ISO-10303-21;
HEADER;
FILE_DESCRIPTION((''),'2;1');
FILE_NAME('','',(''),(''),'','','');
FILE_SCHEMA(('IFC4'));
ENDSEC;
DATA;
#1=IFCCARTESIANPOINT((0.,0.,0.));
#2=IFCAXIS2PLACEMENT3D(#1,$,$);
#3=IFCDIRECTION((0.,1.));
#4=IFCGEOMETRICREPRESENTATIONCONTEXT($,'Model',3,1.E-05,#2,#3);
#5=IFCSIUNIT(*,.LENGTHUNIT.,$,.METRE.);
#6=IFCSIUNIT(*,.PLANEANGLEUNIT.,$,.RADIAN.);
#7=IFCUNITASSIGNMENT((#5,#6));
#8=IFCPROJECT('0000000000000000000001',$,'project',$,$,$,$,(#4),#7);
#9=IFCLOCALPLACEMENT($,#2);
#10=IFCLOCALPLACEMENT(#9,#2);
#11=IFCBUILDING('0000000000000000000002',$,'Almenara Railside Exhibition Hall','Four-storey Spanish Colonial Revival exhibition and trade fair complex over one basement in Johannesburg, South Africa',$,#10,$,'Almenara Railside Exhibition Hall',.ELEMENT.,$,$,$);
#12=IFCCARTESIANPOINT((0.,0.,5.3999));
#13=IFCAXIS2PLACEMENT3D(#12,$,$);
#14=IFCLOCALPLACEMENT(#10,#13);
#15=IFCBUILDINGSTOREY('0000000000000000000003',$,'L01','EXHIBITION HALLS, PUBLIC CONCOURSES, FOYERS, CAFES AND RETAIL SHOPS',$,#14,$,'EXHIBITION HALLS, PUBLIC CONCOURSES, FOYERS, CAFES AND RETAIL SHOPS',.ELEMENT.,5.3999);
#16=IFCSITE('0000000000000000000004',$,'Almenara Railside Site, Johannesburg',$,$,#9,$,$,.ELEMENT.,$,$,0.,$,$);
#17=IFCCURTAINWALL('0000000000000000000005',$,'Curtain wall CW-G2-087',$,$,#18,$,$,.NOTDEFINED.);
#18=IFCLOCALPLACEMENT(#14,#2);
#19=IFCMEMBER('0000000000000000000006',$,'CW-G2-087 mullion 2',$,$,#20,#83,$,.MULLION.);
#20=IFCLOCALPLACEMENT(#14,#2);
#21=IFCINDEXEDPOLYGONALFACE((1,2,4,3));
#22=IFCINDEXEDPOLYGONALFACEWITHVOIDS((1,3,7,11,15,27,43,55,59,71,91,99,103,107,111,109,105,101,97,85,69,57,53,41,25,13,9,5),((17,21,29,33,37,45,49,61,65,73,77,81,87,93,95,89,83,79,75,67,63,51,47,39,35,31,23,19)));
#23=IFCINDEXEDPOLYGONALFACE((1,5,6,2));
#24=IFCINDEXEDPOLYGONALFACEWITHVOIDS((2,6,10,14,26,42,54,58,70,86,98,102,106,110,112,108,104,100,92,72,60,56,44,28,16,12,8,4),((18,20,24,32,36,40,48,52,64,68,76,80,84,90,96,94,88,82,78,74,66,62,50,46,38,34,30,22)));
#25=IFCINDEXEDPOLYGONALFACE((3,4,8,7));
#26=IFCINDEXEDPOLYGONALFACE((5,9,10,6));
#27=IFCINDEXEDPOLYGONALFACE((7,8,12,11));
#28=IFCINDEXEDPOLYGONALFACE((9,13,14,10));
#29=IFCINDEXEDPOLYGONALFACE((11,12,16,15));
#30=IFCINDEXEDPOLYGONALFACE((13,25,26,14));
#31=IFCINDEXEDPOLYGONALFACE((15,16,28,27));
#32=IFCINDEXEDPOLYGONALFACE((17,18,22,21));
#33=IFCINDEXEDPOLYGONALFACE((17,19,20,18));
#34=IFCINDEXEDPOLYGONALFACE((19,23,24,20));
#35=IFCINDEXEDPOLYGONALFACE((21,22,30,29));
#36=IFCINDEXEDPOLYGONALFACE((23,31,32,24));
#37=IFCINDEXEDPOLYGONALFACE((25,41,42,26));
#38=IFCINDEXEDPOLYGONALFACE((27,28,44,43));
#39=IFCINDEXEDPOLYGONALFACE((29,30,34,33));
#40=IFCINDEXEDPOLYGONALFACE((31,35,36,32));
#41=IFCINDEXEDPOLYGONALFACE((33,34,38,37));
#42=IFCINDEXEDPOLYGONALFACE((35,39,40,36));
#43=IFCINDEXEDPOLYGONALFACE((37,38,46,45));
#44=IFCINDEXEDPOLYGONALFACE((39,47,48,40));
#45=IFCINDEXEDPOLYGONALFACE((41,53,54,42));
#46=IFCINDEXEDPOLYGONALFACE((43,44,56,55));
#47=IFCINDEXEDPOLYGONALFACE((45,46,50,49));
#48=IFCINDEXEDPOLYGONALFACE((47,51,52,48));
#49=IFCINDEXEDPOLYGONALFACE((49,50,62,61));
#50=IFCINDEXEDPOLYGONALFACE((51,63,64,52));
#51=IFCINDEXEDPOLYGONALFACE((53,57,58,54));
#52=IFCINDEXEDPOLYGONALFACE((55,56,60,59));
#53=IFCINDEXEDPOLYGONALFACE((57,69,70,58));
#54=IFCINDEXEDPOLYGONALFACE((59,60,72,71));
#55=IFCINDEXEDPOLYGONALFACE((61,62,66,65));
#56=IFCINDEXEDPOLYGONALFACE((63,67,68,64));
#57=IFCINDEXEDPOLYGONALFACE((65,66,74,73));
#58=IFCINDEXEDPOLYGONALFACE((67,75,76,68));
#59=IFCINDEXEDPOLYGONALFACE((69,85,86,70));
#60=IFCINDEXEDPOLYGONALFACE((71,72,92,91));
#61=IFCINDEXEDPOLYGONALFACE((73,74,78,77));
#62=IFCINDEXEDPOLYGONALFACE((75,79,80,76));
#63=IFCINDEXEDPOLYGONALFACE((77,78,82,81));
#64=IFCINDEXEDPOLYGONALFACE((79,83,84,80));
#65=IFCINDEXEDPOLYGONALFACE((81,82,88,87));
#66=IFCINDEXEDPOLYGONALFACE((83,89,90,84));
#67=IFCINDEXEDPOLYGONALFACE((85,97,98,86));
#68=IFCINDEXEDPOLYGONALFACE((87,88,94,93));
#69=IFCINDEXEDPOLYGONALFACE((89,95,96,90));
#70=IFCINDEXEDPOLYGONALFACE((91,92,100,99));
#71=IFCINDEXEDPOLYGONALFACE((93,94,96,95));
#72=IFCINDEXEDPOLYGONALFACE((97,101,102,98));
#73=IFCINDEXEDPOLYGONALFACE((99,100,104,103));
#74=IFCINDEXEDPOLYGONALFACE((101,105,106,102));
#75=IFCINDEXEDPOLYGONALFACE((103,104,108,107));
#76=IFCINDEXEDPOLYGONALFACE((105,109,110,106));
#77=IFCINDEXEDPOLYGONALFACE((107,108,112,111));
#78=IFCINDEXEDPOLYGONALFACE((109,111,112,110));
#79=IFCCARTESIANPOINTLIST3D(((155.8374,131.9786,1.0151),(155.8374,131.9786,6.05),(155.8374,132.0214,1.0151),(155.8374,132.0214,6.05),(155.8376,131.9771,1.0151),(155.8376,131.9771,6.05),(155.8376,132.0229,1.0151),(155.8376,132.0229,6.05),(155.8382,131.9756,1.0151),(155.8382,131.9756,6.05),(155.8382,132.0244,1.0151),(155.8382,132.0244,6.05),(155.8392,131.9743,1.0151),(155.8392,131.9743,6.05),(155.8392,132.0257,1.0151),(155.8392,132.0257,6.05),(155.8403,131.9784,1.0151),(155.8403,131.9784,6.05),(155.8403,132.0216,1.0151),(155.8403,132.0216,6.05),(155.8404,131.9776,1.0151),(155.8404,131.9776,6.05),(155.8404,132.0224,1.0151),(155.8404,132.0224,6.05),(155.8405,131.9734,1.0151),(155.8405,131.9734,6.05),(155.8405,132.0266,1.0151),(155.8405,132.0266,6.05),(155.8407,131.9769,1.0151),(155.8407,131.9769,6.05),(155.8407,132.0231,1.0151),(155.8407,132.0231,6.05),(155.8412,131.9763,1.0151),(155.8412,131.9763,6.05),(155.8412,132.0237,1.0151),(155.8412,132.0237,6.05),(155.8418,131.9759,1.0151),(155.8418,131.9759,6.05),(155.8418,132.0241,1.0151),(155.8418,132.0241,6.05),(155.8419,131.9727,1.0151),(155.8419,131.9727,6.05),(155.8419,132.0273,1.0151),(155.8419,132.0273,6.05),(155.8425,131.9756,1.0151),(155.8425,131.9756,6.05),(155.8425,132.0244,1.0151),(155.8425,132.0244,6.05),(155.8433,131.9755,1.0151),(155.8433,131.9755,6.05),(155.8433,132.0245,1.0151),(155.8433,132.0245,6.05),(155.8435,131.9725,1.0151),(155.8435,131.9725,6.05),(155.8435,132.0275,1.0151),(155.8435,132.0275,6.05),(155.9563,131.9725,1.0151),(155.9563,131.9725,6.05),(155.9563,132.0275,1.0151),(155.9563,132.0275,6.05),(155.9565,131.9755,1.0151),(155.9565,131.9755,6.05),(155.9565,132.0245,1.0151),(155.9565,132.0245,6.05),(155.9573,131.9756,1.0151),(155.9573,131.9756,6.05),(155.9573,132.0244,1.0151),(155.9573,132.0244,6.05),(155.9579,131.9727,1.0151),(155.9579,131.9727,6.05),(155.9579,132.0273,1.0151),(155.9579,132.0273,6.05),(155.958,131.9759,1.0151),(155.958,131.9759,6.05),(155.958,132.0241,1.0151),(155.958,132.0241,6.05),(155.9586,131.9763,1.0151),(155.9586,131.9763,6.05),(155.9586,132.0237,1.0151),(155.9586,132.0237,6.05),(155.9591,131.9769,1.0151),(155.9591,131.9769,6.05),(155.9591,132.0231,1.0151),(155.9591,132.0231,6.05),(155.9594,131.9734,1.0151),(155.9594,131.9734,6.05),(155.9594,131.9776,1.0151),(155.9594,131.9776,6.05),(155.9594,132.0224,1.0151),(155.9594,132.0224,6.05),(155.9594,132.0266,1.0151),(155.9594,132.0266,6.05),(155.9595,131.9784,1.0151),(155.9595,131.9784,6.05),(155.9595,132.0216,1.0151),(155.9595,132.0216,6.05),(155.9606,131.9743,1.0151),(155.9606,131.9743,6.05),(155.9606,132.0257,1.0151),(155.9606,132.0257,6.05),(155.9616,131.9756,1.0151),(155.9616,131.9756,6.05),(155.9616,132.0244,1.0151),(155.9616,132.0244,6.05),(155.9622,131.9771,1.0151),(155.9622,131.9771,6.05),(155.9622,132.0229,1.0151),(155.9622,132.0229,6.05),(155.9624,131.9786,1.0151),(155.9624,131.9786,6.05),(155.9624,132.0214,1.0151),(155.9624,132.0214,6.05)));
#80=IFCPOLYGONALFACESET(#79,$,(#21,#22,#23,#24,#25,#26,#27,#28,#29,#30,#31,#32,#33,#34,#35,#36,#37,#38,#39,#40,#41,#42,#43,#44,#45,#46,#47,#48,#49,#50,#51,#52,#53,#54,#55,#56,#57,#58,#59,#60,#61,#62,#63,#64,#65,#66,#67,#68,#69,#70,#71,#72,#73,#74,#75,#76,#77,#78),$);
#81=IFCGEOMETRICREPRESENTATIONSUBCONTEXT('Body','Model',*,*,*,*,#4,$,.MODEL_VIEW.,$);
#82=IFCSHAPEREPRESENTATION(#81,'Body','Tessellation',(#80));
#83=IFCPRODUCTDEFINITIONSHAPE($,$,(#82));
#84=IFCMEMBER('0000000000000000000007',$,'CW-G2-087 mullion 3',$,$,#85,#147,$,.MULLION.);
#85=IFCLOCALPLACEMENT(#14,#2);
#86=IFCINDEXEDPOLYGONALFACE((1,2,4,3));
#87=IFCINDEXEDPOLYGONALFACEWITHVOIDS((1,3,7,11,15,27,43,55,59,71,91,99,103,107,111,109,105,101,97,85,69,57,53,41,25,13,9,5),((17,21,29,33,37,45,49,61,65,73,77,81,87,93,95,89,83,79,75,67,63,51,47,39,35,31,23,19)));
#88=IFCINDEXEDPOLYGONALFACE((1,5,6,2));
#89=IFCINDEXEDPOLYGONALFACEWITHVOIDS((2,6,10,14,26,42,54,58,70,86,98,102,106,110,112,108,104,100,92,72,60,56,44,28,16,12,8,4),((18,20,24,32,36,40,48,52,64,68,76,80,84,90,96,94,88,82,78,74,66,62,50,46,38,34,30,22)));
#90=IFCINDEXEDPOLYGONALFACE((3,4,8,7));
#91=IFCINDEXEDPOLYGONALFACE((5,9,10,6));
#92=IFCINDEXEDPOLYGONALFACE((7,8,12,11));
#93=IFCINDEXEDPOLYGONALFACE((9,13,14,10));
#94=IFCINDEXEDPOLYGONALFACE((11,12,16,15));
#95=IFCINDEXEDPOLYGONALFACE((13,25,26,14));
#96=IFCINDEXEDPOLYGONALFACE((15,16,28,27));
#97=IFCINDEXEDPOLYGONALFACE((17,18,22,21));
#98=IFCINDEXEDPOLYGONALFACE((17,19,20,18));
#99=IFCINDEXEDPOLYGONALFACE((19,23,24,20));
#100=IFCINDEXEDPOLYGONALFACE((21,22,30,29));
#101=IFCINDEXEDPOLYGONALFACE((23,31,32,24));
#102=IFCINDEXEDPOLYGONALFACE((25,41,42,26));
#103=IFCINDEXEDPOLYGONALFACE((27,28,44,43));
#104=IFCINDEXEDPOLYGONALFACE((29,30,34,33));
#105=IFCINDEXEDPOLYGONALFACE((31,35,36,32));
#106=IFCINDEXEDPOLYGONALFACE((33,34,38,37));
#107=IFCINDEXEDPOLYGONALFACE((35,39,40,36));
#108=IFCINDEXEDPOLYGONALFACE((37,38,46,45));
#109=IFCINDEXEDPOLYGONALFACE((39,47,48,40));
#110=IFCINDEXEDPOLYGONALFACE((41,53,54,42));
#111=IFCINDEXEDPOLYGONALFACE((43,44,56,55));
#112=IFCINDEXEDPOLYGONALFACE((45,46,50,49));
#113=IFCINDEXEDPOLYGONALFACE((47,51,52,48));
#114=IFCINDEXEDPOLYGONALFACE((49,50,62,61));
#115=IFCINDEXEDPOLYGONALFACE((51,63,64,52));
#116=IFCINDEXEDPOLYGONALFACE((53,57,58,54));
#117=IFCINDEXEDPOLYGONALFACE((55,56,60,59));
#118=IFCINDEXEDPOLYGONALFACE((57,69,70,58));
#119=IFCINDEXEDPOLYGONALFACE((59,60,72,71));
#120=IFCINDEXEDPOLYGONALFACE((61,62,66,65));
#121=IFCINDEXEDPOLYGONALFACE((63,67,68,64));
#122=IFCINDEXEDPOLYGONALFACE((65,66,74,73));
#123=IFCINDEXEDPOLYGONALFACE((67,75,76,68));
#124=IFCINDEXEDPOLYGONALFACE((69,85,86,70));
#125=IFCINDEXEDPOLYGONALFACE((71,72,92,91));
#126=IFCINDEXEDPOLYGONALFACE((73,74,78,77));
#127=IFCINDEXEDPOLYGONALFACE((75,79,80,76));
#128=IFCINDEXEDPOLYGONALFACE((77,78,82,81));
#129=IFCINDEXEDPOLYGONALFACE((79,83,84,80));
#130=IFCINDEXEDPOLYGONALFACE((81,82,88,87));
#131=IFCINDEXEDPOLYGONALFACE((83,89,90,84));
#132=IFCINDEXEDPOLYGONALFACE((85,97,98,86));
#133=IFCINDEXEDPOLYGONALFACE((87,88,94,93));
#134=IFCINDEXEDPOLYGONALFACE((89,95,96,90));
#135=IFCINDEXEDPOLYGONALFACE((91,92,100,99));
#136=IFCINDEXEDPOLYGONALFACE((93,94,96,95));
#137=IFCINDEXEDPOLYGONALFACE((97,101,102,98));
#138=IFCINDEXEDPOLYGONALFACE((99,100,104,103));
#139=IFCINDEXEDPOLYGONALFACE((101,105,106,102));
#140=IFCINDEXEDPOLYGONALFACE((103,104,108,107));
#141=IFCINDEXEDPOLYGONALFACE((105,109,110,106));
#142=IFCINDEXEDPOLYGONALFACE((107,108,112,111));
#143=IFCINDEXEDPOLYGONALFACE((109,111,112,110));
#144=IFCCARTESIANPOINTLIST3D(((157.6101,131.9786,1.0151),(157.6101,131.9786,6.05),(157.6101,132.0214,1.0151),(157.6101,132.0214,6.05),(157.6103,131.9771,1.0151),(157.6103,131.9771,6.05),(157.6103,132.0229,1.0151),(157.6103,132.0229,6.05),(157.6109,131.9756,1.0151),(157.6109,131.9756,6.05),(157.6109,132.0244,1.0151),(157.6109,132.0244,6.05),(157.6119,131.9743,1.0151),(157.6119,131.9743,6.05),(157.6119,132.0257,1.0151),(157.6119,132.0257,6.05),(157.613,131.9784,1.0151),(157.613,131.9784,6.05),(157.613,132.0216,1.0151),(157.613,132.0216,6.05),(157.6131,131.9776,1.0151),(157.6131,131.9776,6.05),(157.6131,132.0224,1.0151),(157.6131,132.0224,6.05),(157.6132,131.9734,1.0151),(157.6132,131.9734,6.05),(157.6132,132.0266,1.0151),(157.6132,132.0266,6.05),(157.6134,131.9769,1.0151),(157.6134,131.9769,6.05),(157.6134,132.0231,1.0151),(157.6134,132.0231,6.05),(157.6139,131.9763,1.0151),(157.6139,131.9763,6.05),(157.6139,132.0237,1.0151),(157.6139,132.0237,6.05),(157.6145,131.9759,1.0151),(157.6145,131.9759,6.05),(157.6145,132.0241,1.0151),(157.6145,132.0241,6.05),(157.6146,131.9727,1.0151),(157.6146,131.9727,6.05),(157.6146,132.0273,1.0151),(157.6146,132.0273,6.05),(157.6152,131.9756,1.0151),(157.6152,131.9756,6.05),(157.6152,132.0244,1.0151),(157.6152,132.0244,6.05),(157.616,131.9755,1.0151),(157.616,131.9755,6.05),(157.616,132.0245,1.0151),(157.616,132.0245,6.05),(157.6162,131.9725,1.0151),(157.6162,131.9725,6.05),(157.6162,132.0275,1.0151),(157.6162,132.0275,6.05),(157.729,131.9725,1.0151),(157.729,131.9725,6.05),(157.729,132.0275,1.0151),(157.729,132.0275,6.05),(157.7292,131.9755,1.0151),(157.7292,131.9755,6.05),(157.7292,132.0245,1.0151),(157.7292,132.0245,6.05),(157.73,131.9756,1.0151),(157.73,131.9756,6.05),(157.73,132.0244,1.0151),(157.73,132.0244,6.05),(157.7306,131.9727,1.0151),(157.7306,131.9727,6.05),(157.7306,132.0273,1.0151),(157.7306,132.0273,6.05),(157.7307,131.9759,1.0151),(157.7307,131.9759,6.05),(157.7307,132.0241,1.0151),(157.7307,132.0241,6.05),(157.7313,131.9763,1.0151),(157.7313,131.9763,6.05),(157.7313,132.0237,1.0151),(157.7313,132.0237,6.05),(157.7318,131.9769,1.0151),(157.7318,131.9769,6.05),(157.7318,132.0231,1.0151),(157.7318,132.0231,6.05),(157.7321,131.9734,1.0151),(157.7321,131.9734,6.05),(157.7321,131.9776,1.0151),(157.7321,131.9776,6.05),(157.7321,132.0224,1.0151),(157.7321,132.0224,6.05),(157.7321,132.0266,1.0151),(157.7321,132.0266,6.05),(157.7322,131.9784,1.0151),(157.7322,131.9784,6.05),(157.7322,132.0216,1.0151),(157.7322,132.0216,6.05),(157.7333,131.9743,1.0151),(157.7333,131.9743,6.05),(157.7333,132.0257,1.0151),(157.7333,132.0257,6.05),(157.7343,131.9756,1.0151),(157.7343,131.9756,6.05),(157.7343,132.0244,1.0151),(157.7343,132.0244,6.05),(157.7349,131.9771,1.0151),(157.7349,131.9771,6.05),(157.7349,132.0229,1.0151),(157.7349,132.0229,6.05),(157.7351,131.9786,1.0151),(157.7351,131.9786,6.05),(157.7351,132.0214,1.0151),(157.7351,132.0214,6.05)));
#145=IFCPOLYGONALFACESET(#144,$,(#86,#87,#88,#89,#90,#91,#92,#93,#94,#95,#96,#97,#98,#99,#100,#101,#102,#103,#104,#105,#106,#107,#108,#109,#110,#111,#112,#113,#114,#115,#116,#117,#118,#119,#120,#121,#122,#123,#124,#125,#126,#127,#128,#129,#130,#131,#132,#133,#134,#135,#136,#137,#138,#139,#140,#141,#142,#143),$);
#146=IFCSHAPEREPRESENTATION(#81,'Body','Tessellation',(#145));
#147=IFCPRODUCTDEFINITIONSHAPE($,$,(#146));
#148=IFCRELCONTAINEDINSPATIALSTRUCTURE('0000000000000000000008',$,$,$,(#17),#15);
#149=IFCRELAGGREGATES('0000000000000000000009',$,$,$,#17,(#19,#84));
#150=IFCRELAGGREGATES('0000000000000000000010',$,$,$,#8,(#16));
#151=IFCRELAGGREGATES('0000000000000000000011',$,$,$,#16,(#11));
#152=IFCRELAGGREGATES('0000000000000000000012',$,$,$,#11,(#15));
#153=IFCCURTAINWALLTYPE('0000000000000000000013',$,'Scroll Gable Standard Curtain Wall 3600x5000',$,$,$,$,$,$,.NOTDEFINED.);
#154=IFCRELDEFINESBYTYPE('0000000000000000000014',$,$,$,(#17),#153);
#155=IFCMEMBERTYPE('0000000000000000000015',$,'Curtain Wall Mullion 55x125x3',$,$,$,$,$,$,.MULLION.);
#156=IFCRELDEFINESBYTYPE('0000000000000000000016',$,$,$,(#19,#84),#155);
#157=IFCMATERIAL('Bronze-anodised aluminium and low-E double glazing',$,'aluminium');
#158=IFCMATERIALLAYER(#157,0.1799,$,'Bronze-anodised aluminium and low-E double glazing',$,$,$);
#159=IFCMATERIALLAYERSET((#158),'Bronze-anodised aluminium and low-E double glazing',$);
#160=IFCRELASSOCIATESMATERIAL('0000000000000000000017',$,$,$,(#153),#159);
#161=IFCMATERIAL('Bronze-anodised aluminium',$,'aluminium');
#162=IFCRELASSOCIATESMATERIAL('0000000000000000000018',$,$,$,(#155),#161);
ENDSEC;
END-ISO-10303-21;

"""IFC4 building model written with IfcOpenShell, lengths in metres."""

from ifc_helpers import new_model, si_unit, direction, frame, origin, origin_2d, place, context, subcontext, project, spatial, hollow_rectangle, extrude, material, layer, layer_set, material_profile, profile_set, type_object, element, aggregate, save


model = new_model("IFC4")

# Units and contexts
model_context = context("Model", 3, precision=1e-05, world=origin(), true_north=direction((0.0, 1.0)))
body_context = subcontext(model_context, "Body", "Model", "MODEL_VIEW")
ifc_project = project(units=[si_unit("LENGTHUNIT", "METRE"), si_unit("PLANEANGLEUNIT", "RADIAN")], contexts=[model_context])

# Site, building, storey
site_placement = place(None, origin())
site = spatial("IfcSite", under=ifc_project, at=site_placement, Name="Almenara Railside Site, Johannesburg", CompositionType="ELEMENT", RefElevation=0.0)
building_placement = place(site_placement, origin())
building = spatial("IfcBuilding", under=site, at=building_placement, Name="Almenara Railside Exhibition Hall", Description="Four-storey Spanish Colonial Revival exhibition and trade fair complex over one basement in Johannesburg, South Africa", LongName="Almenara Railside Exhibition Hall", CompositionType="ELEMENT")
storey_placement = place(building_placement, frame((0.0, 0.0, 5.3999)))
storey = spatial("IfcBuildingStorey", under=building, at=storey_placement, Name="L01", Description="EXHIBITION HALLS, PUBLIC CONCOURSES, FOYERS, CAFES AND RETAIL SHOPS", LongName="EXHIBITION HALLS, PUBLIC CONCOURSES, FOYERS, CAFES AND RETAIL SHOPS", CompositionType="ELEMENT", Elevation=5.3999)

# Curtain wall, members
ifc_material_1 = material(Name="Bronze-anodised aluminium and low-E double glazing", Category="aluminium")
ifc_layer_1 = layer(ifc_material_1, 0.1799, Name="Bronze-anodised aluminium and low-E double glazing")
ifc_layer_set_1 = layer_set([ifc_layer_1], Name="Bronze-anodised aluminium and low-E double glazing")
curtain_wall_type_1 = type_object("IfcCurtainWallType", Name="Scroll Gable Standard Curtain Wall 3600x5000", PredefinedType="NOTDEFINED", material=ifc_layer_set_1)
curtain_wall_1_placement = place(storey_placement, origin())
curtain_wall_1 = element("IfcCurtainWall", 1, at=curtain_wall_1_placement, inside=storey, type_object=curtain_wall_type_1, Name="Curtain wall CW-G2-087", PredefinedType="NOTDEFINED")
ifc_material_2 = material(Name="Bronze-anodised aluminium", Category="aluminium")
ifc_material_profile_1 = material_profile(ifc_material_2, hollow_rectangle(XDim=0.0549, YDim=0.125, WallThickness=0.0029, InnerFilletRadius=0.0029, OuterFilletRadius=0.0061, at=origin_2d()), Name="ALU-MUL 55x125x3")
ifc_profile_set_1 = profile_set([ifc_material_profile_1], Name="Bronze-anodised aluminium")
member_type_1 = type_object("IfcMemberType", Name="Curtain Wall Mullion 55x125x3", PredefinedType="MULLION", material=ifc_profile_set_1)
member_1_placement = place(storey_placement, frame((155.8999, 132.0, 1.0151), z_axis=(0.0, 0.0, 1.0), x_axis=(0.0, 1.0, 0.0)))
member_1 = element("IfcMember", 2, at=member_1_placement, type_object=member_type_1, Name="CW-G2-087 mullion 2", PredefinedType="MULLION", context=body_context, shape_type="SweptSolid", body=[
    extrude(hollow_rectangle(XDim=0.0549, YDim=0.125, WallThickness=0.0029, InnerFilletRadius=0.0029, OuterFilletRadius=0.0061, at=origin_2d()), origin(), (0.0, 0.0, 1.0), 5.0349),
])
member_2_placement = place(storey_placement, frame((157.6726, 132.0, 1.0151), z_axis=(0.0, 0.0, 1.0), x_axis=(0.0, 1.0, 0.0)))
member_2 = element("IfcMember", 3, at=member_2_placement, type_object=member_type_1, Name="CW-G2-087 mullion 3", PredefinedType="MULLION", context=body_context, shape_type="SweptSolid", body=[
    extrude(hollow_rectangle(XDim=0.0549, YDim=0.125, WallThickness=0.0029, InnerFilletRadius=0.0029, OuterFilletRadius=0.0061, at=origin_2d()), origin(), (0.0, 0.0, 1.0), 5.0349),
])

aggregate(curtain_wall_1, [member_1, member_2])

save(model, "model.ifc")
